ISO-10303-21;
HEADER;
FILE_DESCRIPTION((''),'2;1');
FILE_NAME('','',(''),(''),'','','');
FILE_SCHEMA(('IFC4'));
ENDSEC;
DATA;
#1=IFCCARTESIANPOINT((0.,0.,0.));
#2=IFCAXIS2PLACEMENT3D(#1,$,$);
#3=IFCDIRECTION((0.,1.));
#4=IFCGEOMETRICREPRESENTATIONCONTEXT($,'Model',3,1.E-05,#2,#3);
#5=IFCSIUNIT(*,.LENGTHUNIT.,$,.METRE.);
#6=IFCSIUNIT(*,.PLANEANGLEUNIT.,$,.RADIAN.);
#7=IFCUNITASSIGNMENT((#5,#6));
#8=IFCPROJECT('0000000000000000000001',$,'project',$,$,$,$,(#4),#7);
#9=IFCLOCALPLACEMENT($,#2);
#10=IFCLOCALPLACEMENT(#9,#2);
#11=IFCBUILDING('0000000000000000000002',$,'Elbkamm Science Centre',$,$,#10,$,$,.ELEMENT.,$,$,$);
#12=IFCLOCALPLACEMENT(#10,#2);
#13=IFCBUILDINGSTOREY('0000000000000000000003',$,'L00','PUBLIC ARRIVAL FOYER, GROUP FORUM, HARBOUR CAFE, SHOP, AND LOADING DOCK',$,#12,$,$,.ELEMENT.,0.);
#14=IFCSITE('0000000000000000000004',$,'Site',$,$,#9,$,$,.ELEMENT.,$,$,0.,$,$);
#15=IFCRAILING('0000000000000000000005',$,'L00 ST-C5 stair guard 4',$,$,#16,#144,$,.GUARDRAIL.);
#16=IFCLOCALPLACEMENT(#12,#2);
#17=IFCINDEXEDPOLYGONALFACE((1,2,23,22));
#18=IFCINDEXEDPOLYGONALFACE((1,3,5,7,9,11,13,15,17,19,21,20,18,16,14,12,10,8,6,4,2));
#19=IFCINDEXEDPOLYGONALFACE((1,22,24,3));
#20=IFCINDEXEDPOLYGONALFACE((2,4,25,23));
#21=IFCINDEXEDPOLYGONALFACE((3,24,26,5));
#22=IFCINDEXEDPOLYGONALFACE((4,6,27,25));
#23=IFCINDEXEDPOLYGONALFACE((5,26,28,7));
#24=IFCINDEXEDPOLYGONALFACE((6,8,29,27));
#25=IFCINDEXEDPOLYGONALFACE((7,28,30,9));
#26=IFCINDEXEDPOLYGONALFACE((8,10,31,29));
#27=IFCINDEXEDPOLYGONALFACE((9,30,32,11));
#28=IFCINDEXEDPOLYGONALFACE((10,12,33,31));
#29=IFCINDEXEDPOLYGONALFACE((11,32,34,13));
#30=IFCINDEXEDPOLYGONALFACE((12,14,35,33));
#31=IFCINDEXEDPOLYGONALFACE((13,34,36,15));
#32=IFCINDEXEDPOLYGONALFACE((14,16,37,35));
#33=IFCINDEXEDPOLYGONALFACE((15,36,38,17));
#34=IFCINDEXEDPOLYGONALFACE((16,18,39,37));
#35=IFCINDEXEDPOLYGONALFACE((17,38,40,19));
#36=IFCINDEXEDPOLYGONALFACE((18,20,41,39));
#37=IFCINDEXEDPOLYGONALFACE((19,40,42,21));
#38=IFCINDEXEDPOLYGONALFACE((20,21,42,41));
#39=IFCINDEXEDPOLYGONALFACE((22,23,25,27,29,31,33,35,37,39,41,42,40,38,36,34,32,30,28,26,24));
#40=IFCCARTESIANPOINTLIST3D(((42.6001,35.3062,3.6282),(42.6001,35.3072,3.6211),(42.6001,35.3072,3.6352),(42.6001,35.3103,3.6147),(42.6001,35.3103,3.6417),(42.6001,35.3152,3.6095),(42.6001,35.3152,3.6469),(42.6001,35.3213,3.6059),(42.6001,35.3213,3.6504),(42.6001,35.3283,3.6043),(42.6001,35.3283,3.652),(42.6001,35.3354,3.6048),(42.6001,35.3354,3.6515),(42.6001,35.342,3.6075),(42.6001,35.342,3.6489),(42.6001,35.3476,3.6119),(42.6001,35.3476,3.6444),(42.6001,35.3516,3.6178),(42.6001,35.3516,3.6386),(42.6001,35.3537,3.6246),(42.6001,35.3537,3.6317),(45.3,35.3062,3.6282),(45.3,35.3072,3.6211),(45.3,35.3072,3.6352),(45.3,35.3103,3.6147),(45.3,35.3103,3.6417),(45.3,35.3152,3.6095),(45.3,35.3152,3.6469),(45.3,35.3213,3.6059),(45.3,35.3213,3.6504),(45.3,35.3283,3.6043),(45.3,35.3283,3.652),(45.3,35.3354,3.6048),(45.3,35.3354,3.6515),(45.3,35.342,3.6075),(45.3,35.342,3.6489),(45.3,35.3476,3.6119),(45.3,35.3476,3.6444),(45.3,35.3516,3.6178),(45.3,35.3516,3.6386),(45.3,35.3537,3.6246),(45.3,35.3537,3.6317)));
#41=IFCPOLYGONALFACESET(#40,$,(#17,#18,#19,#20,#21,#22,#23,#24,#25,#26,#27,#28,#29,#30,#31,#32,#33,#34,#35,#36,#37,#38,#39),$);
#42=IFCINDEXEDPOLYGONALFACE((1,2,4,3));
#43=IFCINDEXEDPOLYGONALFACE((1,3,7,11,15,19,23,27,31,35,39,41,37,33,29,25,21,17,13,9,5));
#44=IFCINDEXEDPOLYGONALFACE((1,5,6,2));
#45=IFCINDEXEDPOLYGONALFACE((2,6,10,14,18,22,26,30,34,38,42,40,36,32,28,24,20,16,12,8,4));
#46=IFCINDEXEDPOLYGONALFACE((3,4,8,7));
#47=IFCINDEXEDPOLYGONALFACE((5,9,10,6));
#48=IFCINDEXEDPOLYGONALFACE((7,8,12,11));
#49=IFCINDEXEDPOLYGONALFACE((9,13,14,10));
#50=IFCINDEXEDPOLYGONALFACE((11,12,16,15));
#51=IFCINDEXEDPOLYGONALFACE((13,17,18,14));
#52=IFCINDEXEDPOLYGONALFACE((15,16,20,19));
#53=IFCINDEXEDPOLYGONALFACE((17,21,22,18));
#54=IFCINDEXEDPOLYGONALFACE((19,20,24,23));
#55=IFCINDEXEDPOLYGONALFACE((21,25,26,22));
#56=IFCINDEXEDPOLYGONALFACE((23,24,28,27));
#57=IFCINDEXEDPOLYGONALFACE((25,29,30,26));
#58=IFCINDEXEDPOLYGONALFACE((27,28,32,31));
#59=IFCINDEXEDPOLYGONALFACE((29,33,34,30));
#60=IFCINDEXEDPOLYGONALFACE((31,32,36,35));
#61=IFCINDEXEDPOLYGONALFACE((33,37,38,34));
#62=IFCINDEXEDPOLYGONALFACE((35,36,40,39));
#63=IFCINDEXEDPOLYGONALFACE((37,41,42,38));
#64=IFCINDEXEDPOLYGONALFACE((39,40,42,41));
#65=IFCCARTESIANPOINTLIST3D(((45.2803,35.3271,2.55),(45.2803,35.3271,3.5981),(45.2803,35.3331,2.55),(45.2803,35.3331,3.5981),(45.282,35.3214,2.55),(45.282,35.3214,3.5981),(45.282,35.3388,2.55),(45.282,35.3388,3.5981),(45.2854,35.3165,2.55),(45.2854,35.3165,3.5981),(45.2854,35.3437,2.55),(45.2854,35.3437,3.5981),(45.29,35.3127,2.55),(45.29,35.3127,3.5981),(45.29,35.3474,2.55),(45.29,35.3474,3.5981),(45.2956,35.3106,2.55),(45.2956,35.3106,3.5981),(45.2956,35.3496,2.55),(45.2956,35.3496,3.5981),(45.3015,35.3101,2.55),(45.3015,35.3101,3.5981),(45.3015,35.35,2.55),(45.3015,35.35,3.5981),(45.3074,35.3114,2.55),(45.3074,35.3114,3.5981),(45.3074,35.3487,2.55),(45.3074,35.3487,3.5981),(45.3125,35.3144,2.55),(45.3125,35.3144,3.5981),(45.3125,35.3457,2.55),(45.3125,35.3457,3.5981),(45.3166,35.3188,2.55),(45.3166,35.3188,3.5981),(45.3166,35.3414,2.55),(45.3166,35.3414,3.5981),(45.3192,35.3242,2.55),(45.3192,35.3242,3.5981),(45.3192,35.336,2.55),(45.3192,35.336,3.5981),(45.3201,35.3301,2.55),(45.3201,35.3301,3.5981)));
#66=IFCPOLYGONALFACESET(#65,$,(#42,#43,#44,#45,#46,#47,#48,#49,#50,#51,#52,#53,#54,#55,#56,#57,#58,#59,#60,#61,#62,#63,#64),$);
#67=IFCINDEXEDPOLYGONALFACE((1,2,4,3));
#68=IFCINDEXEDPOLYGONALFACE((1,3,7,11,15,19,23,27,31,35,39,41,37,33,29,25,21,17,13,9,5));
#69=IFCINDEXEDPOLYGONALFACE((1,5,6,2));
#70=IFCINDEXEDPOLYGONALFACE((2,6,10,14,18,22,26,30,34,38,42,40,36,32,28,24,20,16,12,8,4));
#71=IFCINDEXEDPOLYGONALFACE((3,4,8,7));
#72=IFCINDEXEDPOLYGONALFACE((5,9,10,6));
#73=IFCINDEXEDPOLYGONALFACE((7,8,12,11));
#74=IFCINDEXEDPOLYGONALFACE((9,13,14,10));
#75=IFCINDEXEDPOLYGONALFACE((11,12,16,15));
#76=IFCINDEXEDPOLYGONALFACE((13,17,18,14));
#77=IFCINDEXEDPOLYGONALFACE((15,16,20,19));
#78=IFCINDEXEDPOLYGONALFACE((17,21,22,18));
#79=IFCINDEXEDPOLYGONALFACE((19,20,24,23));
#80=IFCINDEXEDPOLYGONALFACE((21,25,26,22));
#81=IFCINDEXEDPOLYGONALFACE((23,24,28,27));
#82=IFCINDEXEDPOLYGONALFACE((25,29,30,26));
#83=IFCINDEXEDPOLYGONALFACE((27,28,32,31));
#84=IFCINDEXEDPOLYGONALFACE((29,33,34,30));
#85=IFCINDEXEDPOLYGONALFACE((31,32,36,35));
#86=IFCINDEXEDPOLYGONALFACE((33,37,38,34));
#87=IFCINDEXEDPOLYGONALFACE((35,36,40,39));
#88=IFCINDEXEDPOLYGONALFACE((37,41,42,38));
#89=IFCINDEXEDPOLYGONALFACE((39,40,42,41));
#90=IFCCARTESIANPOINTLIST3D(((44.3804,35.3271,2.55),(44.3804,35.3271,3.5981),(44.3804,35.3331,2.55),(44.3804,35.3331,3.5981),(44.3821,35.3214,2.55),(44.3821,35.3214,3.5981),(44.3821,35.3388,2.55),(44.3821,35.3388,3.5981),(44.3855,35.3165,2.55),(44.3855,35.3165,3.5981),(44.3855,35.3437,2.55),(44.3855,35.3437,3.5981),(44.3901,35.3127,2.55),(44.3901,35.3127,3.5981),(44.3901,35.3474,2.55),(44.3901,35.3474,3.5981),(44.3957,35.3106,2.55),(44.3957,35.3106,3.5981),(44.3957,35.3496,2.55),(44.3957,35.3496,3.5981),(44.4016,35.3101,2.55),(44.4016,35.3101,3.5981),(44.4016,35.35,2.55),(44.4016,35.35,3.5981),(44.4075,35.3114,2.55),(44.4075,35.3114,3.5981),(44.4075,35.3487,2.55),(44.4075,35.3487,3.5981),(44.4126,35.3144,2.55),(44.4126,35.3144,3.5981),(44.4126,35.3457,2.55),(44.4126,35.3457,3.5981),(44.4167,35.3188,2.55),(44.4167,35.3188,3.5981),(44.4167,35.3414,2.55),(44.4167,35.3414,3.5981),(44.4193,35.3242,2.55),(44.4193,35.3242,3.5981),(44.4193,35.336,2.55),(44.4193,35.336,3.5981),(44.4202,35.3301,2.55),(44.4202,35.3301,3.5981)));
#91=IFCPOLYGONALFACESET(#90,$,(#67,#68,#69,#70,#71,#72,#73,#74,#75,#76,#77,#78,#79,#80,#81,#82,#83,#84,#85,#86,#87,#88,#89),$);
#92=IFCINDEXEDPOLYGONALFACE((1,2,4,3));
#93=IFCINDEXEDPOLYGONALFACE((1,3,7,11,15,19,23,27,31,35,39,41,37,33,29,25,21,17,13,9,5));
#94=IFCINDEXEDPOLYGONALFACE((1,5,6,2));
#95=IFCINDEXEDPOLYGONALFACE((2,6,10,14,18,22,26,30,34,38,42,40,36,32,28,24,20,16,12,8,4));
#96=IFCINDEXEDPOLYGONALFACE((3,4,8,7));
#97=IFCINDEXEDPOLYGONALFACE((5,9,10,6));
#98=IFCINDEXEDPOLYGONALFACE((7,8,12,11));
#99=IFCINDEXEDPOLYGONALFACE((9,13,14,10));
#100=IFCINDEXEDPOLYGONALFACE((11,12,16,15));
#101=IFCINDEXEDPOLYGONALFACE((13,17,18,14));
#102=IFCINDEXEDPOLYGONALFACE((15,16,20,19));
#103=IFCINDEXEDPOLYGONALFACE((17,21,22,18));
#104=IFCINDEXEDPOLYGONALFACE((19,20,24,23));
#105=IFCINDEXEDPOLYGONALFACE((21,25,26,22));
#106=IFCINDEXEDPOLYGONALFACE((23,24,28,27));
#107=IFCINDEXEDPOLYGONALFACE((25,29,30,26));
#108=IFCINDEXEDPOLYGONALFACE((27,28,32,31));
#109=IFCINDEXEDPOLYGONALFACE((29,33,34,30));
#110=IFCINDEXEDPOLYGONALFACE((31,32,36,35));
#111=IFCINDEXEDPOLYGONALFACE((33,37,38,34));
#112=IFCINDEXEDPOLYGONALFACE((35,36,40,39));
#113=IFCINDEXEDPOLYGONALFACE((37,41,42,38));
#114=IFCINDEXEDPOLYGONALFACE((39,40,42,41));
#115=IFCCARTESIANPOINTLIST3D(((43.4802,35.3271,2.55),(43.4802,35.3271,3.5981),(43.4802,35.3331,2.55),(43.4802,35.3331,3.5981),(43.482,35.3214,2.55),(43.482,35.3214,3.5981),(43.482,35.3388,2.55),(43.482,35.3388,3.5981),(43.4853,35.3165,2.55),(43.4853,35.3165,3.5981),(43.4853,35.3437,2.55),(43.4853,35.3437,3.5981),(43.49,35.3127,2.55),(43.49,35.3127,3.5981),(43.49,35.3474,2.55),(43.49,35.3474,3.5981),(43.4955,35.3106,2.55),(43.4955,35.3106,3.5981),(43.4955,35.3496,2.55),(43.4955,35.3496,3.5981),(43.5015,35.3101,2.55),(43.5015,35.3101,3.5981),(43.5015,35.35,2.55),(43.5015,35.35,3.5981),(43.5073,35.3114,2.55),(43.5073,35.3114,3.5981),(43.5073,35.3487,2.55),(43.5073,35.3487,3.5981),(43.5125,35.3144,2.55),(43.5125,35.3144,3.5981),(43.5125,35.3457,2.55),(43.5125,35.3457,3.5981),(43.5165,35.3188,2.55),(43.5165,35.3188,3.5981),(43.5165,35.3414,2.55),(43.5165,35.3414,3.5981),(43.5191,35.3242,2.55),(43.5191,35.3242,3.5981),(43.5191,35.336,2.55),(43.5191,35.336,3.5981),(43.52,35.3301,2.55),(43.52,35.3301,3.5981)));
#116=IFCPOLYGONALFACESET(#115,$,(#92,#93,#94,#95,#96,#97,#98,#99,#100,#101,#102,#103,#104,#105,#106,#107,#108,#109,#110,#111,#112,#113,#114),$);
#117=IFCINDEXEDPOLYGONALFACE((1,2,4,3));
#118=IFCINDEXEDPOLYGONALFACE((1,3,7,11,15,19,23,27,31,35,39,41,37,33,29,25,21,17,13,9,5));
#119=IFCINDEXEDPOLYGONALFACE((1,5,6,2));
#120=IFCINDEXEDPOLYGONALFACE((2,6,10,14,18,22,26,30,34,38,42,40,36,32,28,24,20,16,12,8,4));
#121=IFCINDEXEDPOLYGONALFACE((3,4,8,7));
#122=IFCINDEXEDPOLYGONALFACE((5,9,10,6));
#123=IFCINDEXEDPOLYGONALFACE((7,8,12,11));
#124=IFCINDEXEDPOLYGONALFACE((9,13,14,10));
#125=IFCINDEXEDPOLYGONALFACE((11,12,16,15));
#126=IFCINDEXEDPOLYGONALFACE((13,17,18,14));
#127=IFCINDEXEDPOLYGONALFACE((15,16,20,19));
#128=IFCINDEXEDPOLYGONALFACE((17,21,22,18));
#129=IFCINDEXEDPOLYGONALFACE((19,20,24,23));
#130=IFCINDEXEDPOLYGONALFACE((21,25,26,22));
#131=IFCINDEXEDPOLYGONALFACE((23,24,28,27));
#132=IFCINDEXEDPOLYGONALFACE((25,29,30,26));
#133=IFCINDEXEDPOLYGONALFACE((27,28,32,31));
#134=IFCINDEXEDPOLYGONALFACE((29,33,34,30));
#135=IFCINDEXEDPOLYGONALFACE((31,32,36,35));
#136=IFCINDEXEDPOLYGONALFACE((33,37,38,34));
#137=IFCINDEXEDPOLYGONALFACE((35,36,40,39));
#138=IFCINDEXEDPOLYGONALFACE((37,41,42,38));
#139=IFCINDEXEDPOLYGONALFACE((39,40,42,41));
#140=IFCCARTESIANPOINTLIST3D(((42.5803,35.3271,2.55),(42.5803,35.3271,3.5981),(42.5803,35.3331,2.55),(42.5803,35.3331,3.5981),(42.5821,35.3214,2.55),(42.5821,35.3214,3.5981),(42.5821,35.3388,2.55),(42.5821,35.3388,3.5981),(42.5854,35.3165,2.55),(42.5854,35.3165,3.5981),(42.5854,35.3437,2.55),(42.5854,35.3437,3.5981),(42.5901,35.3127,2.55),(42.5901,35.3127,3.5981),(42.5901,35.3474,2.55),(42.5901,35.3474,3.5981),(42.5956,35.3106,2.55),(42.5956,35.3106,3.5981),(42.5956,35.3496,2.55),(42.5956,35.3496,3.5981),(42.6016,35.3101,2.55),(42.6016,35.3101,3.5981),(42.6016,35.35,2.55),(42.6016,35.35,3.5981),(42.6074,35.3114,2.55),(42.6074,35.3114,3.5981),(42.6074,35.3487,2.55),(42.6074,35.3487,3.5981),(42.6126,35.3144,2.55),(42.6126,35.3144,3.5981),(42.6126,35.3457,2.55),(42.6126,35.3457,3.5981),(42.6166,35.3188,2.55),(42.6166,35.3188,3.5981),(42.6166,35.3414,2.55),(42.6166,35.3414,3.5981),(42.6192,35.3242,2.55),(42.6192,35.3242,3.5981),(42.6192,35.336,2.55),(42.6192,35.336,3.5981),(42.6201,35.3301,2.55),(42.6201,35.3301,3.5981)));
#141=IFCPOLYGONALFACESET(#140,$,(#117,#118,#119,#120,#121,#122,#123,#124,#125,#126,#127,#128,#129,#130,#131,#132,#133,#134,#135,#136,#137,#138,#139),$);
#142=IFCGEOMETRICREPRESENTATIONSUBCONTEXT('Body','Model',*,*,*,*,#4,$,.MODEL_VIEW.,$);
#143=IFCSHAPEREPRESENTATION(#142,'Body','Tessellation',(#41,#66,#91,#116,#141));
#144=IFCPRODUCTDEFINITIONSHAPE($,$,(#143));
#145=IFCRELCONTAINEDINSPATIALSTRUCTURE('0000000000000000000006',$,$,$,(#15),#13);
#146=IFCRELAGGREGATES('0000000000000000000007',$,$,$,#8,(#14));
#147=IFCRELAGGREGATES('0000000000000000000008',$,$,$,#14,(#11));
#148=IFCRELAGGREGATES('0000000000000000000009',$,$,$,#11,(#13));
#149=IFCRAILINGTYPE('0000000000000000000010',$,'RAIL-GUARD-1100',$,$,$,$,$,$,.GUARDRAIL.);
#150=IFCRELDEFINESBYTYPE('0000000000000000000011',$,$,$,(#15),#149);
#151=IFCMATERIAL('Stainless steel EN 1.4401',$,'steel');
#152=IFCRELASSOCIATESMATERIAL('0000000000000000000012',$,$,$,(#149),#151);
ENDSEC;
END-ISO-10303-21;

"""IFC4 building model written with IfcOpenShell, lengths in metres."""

from ifc_helpers import new_model, si_unit, direction, frame, origin, origin_2d, place, context, subcontext, project, spatial, circle, extrude, material, type_object, element, save


model = new_model("IFC4")

# Units and contexts
model_context = context("Model", 3, precision=1e-05, world=origin(), true_north=direction((0.0, 1.0)))
body_context = subcontext(model_context, "Body", "Model", "MODEL_VIEW")
ifc_project = project(units=[si_unit("LENGTHUNIT", "METRE"), si_unit("PLANEANGLEUNIT", "RADIAN")], contexts=[model_context])

# Site, building, storey
site_placement = place(None, origin())
site = spatial("IfcSite", under=ifc_project, at=site_placement, Name="Site", CompositionType="ELEMENT", RefElevation=0.0)
building_placement = place(site_placement, origin())
building = spatial("IfcBuilding", under=site, at=building_placement, Name="Elbkamm Science Centre", CompositionType="ELEMENT")
storey_placement = place(building_placement, origin())
storey = spatial("IfcBuildingStorey", under=building, at=storey_placement, Name="L00", Description="PUBLIC ARRIVAL FOYER, GROUP FORUM, HARBOUR CAFE, SHOP, AND LOADING DOCK", CompositionType="ELEMENT", Elevation=0.0)

# Railing
ifc_material_1 = material(Name="Stainless steel EN 1.4401", Category="steel")
railing_type_1 = type_object("IfcRailingType", Name="RAIL-GUARD-1100", PredefinedType="GUARDRAIL", material=ifc_material_1)
for number, where, name in (
    (1, (45.3, 35.3301, 2.55), "L00 ST-C5 stair guard 4"),
):
    element("IfcRailing", number, at=place(storey_placement, frame(where)), inside=storey, type_object=railing_type_1, Name=name, PredefinedType="GUARDRAIL", context=body_context, shape_type="SweptSolid", body=[
        extrude(circle(Radius=0.0239, at=origin_2d()), frame((0.0, 0.0, 1.0781), z_axis=(-1.0, 0.0, 0.0), x_axis=(0.0, -1.0, 0.0)), (0.0, 0.0, 1.0), 2.7),
        extrude(circle(Radius=0.02, at=origin_2d()), origin(), (0.0, 0.0, 1.0), 1.0481),
        extrude(circle(Radius=0.02, at=origin_2d()), frame((-0.8999, 0.0, 0.0)), (0.0, 0.0, 1.0), 1.0481),
        extrude(circle(Radius=0.02, at=origin_2d()), frame((-1.8, 0.0, 0.0)), (0.0, 0.0, 1.0), 1.0481),
        extrude(circle(Radius=0.02, at=origin_2d()), frame((-2.7, 0.0, 0.0)), (0.0, 0.0, 1.0), 1.0481),
    ])

save(model, "model.ifc")
